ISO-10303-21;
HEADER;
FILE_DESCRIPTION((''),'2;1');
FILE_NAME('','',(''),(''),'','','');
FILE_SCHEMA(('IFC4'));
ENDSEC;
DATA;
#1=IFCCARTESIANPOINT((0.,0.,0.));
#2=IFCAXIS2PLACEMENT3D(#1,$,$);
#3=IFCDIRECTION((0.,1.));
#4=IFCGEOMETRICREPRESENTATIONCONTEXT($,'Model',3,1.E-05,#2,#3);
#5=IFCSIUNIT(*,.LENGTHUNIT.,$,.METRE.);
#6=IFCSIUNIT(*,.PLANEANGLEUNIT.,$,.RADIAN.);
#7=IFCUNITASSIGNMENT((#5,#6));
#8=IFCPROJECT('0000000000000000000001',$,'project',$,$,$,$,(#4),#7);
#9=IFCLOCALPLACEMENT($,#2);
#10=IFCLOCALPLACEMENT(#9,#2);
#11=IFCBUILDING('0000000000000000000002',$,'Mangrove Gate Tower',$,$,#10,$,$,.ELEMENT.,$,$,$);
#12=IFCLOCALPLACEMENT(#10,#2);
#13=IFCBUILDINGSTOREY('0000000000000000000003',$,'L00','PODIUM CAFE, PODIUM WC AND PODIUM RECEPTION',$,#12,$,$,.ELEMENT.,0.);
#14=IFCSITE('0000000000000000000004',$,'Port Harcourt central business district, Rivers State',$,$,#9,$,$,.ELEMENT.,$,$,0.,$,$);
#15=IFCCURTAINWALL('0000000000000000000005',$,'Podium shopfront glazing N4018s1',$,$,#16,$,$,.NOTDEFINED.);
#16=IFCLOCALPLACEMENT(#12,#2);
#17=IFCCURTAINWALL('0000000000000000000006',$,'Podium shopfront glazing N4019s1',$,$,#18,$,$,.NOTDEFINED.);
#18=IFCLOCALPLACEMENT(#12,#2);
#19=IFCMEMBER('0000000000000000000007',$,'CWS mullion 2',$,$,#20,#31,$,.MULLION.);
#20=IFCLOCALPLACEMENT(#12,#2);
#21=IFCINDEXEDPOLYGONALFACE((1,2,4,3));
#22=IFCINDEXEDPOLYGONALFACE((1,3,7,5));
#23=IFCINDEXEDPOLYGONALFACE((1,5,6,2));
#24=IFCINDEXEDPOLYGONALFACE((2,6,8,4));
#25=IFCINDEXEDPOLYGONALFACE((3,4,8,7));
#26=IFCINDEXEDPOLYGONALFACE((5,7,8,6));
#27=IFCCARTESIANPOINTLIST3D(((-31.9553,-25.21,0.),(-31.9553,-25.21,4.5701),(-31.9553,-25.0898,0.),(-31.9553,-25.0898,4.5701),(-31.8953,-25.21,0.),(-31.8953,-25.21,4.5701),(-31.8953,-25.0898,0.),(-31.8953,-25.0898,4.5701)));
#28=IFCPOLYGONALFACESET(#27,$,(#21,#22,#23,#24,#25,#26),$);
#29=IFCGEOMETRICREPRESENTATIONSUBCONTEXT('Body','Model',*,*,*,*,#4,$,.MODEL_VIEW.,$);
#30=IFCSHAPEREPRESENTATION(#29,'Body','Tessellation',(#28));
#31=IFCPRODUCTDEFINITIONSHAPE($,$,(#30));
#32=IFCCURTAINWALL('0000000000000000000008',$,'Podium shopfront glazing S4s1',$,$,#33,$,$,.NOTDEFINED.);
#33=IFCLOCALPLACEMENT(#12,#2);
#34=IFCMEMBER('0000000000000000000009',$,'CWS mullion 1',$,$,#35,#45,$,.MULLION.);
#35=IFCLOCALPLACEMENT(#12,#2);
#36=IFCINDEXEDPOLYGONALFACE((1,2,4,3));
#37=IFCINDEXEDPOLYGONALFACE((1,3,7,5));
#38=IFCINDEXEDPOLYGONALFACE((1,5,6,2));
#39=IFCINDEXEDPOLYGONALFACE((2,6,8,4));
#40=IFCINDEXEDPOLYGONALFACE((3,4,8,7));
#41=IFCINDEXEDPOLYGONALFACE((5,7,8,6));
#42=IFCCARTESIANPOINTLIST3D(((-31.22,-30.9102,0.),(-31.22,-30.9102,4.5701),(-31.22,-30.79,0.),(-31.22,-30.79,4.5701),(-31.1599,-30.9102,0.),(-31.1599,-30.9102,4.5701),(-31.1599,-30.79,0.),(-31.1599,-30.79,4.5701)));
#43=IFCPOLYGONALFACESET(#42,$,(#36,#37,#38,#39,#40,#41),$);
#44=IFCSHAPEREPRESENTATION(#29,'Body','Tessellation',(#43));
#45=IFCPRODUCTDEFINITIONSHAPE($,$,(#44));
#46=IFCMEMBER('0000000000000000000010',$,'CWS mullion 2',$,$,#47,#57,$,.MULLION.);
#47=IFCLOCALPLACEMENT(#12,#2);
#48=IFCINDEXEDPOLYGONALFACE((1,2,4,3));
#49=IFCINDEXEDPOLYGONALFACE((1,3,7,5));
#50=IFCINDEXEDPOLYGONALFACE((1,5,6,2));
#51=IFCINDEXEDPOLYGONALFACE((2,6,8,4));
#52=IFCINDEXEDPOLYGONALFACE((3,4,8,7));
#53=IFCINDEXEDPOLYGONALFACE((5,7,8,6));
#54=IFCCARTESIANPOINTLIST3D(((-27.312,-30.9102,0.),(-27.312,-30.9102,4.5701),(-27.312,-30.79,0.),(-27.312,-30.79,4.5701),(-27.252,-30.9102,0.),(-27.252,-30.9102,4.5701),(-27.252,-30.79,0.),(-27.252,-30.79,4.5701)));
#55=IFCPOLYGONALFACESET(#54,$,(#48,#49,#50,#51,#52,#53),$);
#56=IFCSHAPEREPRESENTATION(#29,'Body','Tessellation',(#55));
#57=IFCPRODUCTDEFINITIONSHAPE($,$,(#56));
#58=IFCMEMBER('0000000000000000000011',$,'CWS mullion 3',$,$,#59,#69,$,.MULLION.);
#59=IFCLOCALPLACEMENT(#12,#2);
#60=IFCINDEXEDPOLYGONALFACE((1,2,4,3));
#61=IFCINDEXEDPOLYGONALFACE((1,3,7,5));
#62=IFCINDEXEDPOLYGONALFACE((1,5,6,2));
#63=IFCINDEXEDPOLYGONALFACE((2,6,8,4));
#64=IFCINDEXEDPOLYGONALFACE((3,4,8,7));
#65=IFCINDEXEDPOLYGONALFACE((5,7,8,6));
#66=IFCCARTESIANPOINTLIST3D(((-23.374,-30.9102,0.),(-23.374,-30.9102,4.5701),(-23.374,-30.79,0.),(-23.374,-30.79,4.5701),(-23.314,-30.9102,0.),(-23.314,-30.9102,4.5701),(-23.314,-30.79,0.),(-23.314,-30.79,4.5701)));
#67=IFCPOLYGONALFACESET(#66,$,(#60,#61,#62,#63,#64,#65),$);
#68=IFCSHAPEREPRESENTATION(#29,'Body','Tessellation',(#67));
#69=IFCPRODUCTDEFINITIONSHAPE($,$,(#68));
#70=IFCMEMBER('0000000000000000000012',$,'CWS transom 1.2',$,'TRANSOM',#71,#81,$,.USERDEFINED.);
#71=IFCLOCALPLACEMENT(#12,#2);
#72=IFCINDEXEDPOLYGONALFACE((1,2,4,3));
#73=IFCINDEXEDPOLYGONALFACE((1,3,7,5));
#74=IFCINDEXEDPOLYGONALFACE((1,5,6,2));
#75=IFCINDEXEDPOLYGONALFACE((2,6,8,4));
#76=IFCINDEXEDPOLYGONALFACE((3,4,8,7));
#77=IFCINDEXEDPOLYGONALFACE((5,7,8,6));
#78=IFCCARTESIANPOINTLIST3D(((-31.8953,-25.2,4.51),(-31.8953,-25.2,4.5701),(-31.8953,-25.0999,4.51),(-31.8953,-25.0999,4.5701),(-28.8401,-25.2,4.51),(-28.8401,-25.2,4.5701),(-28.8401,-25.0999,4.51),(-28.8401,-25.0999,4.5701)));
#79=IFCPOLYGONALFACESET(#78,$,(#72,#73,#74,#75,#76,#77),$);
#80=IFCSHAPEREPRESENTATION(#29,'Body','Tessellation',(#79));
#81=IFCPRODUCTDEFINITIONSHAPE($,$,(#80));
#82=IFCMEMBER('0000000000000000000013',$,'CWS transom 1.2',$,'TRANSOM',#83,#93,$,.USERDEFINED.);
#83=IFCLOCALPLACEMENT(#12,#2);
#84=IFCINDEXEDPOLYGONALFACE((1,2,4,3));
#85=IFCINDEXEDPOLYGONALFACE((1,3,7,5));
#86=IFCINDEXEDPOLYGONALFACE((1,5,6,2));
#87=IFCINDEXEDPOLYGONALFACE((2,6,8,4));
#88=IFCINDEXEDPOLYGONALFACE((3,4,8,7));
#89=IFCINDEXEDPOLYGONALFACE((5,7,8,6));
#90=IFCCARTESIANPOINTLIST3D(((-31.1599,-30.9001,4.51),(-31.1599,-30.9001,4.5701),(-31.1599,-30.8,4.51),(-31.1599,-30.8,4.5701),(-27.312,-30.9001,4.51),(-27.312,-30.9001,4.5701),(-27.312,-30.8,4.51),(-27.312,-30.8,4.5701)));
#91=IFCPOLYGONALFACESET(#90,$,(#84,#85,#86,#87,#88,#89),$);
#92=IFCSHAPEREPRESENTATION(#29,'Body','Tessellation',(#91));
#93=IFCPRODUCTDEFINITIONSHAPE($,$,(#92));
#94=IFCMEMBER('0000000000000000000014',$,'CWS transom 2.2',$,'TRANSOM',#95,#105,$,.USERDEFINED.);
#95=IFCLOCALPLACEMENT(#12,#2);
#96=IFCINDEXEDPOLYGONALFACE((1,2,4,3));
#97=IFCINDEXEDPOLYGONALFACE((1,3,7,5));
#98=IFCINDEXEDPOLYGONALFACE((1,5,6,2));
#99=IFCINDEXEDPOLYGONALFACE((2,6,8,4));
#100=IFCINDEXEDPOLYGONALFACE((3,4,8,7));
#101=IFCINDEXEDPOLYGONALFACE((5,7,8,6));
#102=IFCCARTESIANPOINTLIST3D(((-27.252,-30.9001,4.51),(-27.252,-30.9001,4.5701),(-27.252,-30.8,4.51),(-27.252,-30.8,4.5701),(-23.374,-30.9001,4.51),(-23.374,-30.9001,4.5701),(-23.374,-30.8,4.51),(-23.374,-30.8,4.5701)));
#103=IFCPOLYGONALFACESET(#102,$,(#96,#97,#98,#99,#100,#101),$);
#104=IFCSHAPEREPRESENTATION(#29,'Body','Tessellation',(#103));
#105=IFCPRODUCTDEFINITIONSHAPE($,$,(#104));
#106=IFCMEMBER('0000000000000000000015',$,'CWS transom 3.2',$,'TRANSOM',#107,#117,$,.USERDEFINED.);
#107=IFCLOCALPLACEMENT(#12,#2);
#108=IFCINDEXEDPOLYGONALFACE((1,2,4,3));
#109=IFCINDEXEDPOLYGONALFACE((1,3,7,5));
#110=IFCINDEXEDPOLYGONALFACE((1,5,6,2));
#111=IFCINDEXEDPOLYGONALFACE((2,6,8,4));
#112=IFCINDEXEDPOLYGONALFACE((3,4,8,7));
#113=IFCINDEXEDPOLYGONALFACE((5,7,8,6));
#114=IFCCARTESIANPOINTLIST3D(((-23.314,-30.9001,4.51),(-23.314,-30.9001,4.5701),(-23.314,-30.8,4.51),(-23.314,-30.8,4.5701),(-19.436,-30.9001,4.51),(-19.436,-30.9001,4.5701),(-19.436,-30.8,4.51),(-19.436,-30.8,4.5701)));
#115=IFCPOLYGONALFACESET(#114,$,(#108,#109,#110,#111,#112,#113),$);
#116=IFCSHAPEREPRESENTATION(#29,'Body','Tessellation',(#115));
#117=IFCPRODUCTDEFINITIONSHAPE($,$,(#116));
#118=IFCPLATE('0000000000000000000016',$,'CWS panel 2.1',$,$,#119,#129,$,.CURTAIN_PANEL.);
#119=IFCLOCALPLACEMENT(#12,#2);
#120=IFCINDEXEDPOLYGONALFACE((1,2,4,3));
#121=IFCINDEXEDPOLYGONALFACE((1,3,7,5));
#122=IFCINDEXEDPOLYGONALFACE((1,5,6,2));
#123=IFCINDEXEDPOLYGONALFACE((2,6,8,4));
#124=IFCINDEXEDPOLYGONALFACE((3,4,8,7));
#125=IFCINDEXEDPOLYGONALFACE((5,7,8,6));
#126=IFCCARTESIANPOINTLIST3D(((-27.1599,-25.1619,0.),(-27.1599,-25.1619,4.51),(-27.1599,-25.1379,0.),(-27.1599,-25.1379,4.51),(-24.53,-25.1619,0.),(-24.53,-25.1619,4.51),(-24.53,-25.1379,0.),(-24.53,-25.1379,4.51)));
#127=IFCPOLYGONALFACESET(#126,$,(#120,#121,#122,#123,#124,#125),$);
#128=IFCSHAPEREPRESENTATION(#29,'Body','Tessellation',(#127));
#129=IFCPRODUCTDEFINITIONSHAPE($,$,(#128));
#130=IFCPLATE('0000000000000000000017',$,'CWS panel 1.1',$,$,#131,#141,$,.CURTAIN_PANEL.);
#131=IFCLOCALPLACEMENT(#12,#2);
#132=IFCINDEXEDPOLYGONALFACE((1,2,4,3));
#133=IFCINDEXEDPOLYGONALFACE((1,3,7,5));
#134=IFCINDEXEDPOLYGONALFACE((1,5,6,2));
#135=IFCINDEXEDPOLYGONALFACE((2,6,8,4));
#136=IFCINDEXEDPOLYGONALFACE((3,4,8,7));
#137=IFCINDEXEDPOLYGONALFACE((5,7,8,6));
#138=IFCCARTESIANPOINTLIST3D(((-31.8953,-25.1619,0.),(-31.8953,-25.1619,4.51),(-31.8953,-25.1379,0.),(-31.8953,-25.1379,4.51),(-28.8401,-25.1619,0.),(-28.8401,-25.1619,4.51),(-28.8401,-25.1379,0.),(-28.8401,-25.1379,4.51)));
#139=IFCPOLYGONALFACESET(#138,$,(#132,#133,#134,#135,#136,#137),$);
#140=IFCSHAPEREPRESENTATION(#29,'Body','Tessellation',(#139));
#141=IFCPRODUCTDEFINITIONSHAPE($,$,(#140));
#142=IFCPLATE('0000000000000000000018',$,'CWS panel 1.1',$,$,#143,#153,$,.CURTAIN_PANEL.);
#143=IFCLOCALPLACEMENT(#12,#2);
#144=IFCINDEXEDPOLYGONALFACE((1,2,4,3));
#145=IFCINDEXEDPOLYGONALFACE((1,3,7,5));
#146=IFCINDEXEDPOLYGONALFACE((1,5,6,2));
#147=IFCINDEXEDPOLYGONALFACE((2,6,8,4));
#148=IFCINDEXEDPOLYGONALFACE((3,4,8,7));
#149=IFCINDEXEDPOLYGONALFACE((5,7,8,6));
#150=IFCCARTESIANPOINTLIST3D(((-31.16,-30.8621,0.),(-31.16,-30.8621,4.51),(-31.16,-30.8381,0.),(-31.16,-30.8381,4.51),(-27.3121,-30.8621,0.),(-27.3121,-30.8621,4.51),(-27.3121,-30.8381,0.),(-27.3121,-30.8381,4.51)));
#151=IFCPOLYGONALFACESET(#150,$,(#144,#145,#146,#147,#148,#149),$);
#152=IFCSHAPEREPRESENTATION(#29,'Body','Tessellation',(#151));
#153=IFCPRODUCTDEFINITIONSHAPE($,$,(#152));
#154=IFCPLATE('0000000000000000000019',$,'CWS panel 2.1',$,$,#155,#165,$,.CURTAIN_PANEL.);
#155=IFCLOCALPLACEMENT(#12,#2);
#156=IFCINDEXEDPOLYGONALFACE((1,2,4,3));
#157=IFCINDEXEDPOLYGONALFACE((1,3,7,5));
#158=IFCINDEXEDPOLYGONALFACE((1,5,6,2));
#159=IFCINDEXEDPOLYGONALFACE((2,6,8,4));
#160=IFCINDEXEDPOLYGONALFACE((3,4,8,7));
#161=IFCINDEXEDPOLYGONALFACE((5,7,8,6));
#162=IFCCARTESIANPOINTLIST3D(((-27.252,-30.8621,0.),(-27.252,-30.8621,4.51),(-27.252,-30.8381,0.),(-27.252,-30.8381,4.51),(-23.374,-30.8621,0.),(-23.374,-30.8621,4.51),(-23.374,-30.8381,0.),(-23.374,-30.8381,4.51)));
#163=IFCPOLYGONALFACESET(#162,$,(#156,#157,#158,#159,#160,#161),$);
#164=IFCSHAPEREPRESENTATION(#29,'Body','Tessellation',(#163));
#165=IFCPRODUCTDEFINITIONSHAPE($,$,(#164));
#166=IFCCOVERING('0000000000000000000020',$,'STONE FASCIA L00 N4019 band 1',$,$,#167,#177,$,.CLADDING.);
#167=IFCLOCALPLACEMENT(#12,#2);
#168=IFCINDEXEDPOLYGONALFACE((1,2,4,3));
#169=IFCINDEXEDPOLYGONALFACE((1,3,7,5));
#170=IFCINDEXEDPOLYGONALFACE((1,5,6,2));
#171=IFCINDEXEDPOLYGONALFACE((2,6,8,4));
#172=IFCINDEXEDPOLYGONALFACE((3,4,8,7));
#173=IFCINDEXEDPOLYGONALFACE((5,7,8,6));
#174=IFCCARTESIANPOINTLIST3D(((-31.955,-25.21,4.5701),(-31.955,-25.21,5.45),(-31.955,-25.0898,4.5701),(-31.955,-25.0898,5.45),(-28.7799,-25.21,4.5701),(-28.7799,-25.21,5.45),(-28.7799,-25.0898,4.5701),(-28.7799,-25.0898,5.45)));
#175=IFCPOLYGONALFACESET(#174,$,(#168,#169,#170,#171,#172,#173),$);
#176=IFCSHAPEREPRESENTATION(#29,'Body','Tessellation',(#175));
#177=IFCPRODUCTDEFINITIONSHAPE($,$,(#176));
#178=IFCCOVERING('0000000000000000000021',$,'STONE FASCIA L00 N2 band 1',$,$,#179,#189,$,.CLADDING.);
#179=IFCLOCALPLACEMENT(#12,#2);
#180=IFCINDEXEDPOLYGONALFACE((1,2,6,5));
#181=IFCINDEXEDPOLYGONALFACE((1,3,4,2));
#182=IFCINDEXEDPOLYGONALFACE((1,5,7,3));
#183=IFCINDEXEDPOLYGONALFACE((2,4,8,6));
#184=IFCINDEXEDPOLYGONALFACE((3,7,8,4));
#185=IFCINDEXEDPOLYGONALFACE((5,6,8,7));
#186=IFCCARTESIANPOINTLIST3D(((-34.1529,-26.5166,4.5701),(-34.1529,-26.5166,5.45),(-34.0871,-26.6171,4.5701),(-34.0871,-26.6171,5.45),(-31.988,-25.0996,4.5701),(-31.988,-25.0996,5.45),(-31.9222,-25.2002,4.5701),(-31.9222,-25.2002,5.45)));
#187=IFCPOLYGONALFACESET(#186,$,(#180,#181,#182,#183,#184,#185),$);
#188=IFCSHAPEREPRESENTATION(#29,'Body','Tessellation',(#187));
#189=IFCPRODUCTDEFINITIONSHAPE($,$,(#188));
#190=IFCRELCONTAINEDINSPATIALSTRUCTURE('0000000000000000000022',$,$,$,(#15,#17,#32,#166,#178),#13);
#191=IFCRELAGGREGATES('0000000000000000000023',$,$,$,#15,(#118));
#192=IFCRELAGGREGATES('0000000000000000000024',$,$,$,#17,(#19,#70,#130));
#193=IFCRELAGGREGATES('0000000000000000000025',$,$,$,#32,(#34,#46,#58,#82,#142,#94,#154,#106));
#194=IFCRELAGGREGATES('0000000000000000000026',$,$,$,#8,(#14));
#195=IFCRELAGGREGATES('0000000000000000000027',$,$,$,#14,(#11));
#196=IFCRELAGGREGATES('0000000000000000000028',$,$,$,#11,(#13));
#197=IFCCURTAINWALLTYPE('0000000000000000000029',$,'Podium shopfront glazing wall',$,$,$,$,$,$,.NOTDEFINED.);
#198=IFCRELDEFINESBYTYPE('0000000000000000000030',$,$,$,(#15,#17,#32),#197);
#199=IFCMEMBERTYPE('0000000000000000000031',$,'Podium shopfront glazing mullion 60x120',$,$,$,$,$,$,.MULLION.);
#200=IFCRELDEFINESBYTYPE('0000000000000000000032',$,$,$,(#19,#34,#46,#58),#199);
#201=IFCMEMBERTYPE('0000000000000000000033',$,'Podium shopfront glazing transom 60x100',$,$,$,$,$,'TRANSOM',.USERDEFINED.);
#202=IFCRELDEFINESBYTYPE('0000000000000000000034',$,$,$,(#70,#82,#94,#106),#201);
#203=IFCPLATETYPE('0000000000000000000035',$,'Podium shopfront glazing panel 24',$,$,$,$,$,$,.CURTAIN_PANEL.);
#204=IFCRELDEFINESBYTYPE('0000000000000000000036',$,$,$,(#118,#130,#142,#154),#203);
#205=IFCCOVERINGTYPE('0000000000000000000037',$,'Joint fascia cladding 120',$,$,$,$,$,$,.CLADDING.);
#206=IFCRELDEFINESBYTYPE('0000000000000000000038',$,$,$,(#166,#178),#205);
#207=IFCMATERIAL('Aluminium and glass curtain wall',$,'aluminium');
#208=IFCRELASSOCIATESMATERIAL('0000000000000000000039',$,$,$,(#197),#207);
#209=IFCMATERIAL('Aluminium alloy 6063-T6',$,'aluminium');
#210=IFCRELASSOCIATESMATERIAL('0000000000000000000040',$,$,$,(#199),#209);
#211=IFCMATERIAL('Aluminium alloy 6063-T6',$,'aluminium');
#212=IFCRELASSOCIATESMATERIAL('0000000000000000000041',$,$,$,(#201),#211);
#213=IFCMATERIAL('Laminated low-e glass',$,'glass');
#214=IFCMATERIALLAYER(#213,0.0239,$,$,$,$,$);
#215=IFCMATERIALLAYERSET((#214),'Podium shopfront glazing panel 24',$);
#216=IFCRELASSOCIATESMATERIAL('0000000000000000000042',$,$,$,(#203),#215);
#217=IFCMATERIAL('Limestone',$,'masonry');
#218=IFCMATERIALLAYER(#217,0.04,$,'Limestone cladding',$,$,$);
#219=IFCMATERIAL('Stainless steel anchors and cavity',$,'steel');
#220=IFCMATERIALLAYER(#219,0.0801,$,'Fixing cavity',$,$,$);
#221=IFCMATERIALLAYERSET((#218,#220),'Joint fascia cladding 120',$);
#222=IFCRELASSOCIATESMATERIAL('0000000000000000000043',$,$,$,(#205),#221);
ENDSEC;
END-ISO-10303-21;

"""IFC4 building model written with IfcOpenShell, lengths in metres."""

from ifc_helpers import new_model, si_unit, direction, frame, frame_2d, origin, origin_2d, place, context, subcontext, project, spatial, rectangle, extrude, material, layer, layer_set, material_profile, profile_set, type_object, element, aggregate, save


model = new_model("IFC4")

# Units and contexts
model_context = context("Model", 3, precision=1e-05, world=origin(), true_north=direction((0.0, 1.0)))
body_context = subcontext(model_context, "Body", "Model", "MODEL_VIEW")
ifc_project = project(units=[si_unit("LENGTHUNIT", "METRE"), si_unit("PLANEANGLEUNIT", "RADIAN")], contexts=[model_context])

# Site, building, storey
site_placement = place(None, origin())
site = spatial("IfcSite", under=ifc_project, at=site_placement, Name="Port Harcourt central business district, Rivers State", CompositionType="ELEMENT", RefElevation=0.0)
building_placement = place(site_placement, origin())
building = spatial("IfcBuilding", under=site, at=building_placement, Name="Mangrove Gate Tower", CompositionType="ELEMENT")
storey_placement = place(building_placement, origin())
storey = spatial("IfcBuildingStorey", under=building, at=storey_placement, Name="L00", Description="PODIUM CAFE, PODIUM WC AND PODIUM RECEPTION", CompositionType="ELEMENT", Elevation=0.0)

# Curtain wall
ifc_material_1 = material(Name="Aluminium and glass curtain wall", Category="aluminium")
curtain_wall_type = type_object("IfcCurtainWallType", Name="Podium shopfront glazing wall", PredefinedType="NOTDEFINED", material=ifc_material_1)
curtain_wall_1_placement = place(storey_placement, origin())
curtain_wall_1 = element("IfcCurtainWall", 1, at=curtain_wall_1_placement, inside=storey, type_object=curtain_wall_type, Name="Podium shopfront glazing N4018s1", PredefinedType="NOTDEFINED")
ifc_material_2 = material(Name="Aluminium alloy 6063-T6", Category="aluminium")
ifc_material_profile_1 = material_profile(ifc_material_2, rectangle(XDim=0.0601, YDim=0.1201, at=origin_2d()))
ifc_profile_set_1 = profile_set([ifc_material_profile_1], Name="Aluminium alloy 6063-T6")
member_type_1 = type_object("IfcMemberType", Name="Podium shopfront glazing mullion 60x120", PredefinedType="MULLION", material=ifc_profile_set_1)

# Curtain walls, members
curtain_wall_2_placement = place(storey_placement, origin())
curtain_wall_2 = element("IfcCurtainWall", 2, at=curtain_wall_2_placement, inside=storey, type_object=curtain_wall_type, Name="Podium shopfront glazing N4019s1", PredefinedType="NOTDEFINED")
member_1_placement = place(storey_placement, frame((-31.9253, -25.1499, 0.0), z_axis=(0.0, 0.0, 1.0), x_axis=(-1.0, 0.0, 0.0)))
member_1 = element("IfcMember", 3, at=member_1_placement, type_object=member_type_1, Name="CWS mullion 2", PredefinedType="MULLION", context=body_context, shape_type="SweptSolid", body=[
    extrude(rectangle(XDim=0.0601, YDim=0.1201, at=origin_2d()), origin(), (0.0, 0.0, 1.0), 4.5701),
])
curtain_wall_3_placement = place(storey_placement, origin())
curtain_wall_3 = element("IfcCurtainWall", 4, at=curtain_wall_3_placement, inside=storey, type_object=curtain_wall_type, Name="Podium shopfront glazing S4s1", PredefinedType="NOTDEFINED")
member_2_placement = place(storey_placement, frame((-31.1899, -30.8501, 0.0), z_axis=(0.0, 0.0, 1.0), x_axis=(1.0, 0.0, 0.0)))
member_2 = element("IfcMember", 5, at=member_2_placement, type_object=member_type_1, Name="CWS mullion 1", PredefinedType="MULLION", context=body_context, shape_type="SweptSolid", body=[
    extrude(rectangle(XDim=0.0601, YDim=0.1201, at=origin_2d()), origin(), (0.0, 0.0, 1.0), 4.5701),
])
member_3_placement = place(storey_placement, frame((-27.282, -30.8501, 0.0), z_axis=(0.0, 0.0, 1.0), x_axis=(1.0, 0.0, 0.0)))
member_3 = element("IfcMember", 6, at=member_3_placement, type_object=member_type_1, Name="CWS mullion 2", PredefinedType="MULLION", context=body_context, shape_type="SweptSolid", body=[
    extrude(rectangle(XDim=0.0601, YDim=0.1201, at=origin_2d()), origin(), (0.0, 0.0, 1.0), 4.5701),
])
member_4_placement = place(storey_placement, frame((-23.344, -30.8501, 0.0), z_axis=(0.0, 0.0, 1.0), x_axis=(1.0, 0.0, 0.0)))
member_4 = element("IfcMember", 7, at=member_4_placement, type_object=member_type_1, Name="CWS mullion 3", PredefinedType="MULLION", context=body_context, shape_type="SweptSolid", body=[
    extrude(rectangle(XDim=0.0601, YDim=0.1201, at=origin_2d()), origin(), (0.0, 0.0, 1.0), 4.5701),
])

# Members
ifc_material_3 = material(Name="Aluminium alloy 6063-T6", Category="aluminium")
ifc_material_profile_2 = material_profile(ifc_material_3, rectangle(XDim=0.0601, YDim=0.1001, at=origin_2d()))
ifc_profile_set_2 = profile_set([ifc_material_profile_2], Name="Aluminium alloy 6063-T6")
member_type_2 = type_object("IfcMemberType", Name="Podium shopfront glazing transom 60x100", ElementType="TRANSOM", PredefinedType="USERDEFINED", material=ifc_profile_set_2)
member_5_placement = place(storey_placement, frame((-28.8401, -25.1499, 4.54), z_axis=(-1.0, 0.0, 0.0), x_axis=(0.0, 0.0, 1.0)))
member_5 = element("IfcMember", 8, at=member_5_placement, type_object=member_type_2, Name="CWS transom 1.2", ObjectType="TRANSOM", PredefinedType="USERDEFINED", context=body_context, shape_type="SweptSolid", body=[
    extrude(rectangle(XDim=0.0601, YDim=0.1001, at=origin_2d()), origin(), (0.0, 0.0, 1.0), 3.0552),
])
member_6_placement = place(storey_placement, frame((-31.1599, -30.8501, 4.54), z_axis=(1.0, 0.0, 0.0), x_axis=(0.0, 0.0, 1.0)))
member_6 = element("IfcMember", 9, at=member_6_placement, type_object=member_type_2, Name="CWS transom 1.2", ObjectType="TRANSOM", PredefinedType="USERDEFINED", context=body_context, shape_type="SweptSolid", body=[
    extrude(rectangle(XDim=0.0601, YDim=0.1001, at=origin_2d()), origin(), (0.0, 0.0, 1.0), 3.8479),
])
member_7_placement = place(storey_placement, frame((-27.252, -30.8501, 4.54), z_axis=(1.0, 0.0, 0.0), x_axis=(0.0, 0.0, 1.0)))
member_7 = element("IfcMember", 10, at=member_7_placement, type_object=member_type_2, Name="CWS transom 2.2", ObjectType="TRANSOM", PredefinedType="USERDEFINED", context=body_context, shape_type="SweptSolid", body=[
    extrude(rectangle(XDim=0.0601, YDim=0.1001, at=origin_2d()), origin(), (0.0, 0.0, 1.0), 3.8779),
])
member_8_placement = place(storey_placement, frame((-23.314, -30.8501, 4.54), z_axis=(1.0, 0.0, 0.0), x_axis=(0.0, 0.0, 1.0)))
member_8 = element("IfcMember", 11, at=member_8_placement, type_object=member_type_2, Name="CWS transom 3.2", ObjectType="TRANSOM", PredefinedType="USERDEFINED", context=body_context, shape_type="SweptSolid", body=[
    extrude(rectangle(XDim=0.0601, YDim=0.1001, at=origin_2d()), origin(), (0.0, 0.0, 1.0), 3.8779),
])

# Plates
ifc_material_4 = material(Name="Laminated low-e glass", Category="glass")
ifc_layer_1 = layer(ifc_material_4, 0.0239)
ifc_layer_set_1 = layer_set([ifc_layer_1], Name="Podium shopfront glazing panel 24")
plate_type = type_object("IfcPlateType", Name="Podium shopfront glazing panel 24", PredefinedType="CURTAIN_PANEL", material=ifc_layer_set_1)
plate_1_placement = place(storey_placement, frame((-25.845, -25.1499, 0.0), z_axis=(0.0, 0.0, 1.0), x_axis=(-1.0, 0.0, 0.0)))
plate_1 = element("IfcPlate", 12, at=plate_1_placement, type_object=plate_type, Name="CWS panel 2.1", PredefinedType="CURTAIN_PANEL", context=body_context, shape_type="SweptSolid", body=[
    extrude(rectangle(XDim=2.6299, YDim=0.0239, at=origin_2d()), origin(), (0.0, 0.0, 1.0), 4.51),
])
aggregate(curtain_wall_1, [plate_1])
plate_2_placement = place(storey_placement, frame((-30.3677, -25.1499, 0.0), z_axis=(0.0, 0.0, 1.0), x_axis=(-1.0, 0.0, 0.0)))
plate_2 = element("IfcPlate", 13, at=plate_2_placement, type_object=plate_type, Name="CWS panel 1.1", PredefinedType="CURTAIN_PANEL", context=body_context, shape_type="SweptSolid", body=[
    extrude(rectangle(XDim=3.0552, YDim=0.0239, at=origin_2d()), origin(), (0.0, 0.0, 1.0), 4.51),
])
aggregate(curtain_wall_2, [member_1, member_5, plate_2])
plate_3_placement = place(storey_placement, frame((-29.2361, -30.8501, 0.0), z_axis=(0.0, 0.0, 1.0), x_axis=(1.0, 0.0, 0.0)))
plate_3 = element("IfcPlate", 14, at=plate_3_placement, type_object=plate_type, Name="CWS panel 1.1", PredefinedType="CURTAIN_PANEL", context=body_context, shape_type="SweptSolid", body=[
    extrude(rectangle(XDim=3.8479, YDim=0.0239, at=origin_2d()), origin(), (0.0, 0.0, 1.0), 4.51),
])
plate_4_placement = place(storey_placement, frame((-25.313, -30.8501, 0.0), z_axis=(0.0, 0.0, 1.0), x_axis=(1.0, 0.0, 0.0)))
plate_4 = element("IfcPlate", 15, at=plate_4_placement, type_object=plate_type, Name="CWS panel 2.1", PredefinedType="CURTAIN_PANEL", context=body_context, shape_type="SweptSolid", body=[
    extrude(rectangle(XDim=3.8779, YDim=0.0239, at=origin_2d()), origin(), (0.0, 0.0, 1.0), 4.51),
])
aggregate(curtain_wall_3, [member_2, member_3, member_4, member_6, plate_3, member_7, plate_4, member_8])

# Coverings
ifc_material_5 = material(Name="Limestone", Category="masonry")
ifc_layer_2 = layer(ifc_material_5, 0.04, Name="Limestone cladding")
ifc_material_6 = material(Name="Stainless steel anchors and cavity", Category="steel")
ifc_layer_3 = layer(ifc_material_6, 0.0801, Name="Fixing cavity")
ifc_layer_set_2 = layer_set([ifc_layer_2, ifc_layer_3], Name="Joint fascia cladding 120")
covering_type = type_object("IfcCoveringType", Name="Joint fascia cladding 120", PredefinedType="CLADDING", material=ifc_layer_set_2)
covering_1_placement = place(storey_placement, frame((-28.78, -25.1499, 4.5701), z_axis=(0.0, 0.0, 1.0), x_axis=(-1.0, 0.0, 0.0)))
element("IfcCovering", 16, at=covering_1_placement, inside=storey, type_object=covering_type, Name="STONE FASCIA L00 N4019 band 1", PredefinedType="CLADDING", context=body_context, shape_type="SweptSolid", body=[
    extrude(rectangle(XDim=3.175, YDim=0.1201, at=frame_2d((1.5874, 0.0))), origin(), (0.0, 0.0, 1.0), 0.8799),
])
covering_2_placement = place(storey_placement, frame((-31.9551, -25.1499, 4.5701), z_axis=(0.0, 0.0, 1.0), x_axis=(-0.836724, -0.547626, 0.0)))
element("IfcCovering", 17, at=covering_2_placement, inside=storey, type_object=covering_type, Name="STONE FASCIA L00 N2 band 1", PredefinedType="CLADDING", context=body_context, shape_type="SweptSolid", body=[
    extrude(rectangle(XDim=2.5874, YDim=0.1201, at=frame_2d((1.2937, 0.0))), origin(), (0.0, 0.0, 1.0), 0.8799),
])

save(model, "model.ifc")
